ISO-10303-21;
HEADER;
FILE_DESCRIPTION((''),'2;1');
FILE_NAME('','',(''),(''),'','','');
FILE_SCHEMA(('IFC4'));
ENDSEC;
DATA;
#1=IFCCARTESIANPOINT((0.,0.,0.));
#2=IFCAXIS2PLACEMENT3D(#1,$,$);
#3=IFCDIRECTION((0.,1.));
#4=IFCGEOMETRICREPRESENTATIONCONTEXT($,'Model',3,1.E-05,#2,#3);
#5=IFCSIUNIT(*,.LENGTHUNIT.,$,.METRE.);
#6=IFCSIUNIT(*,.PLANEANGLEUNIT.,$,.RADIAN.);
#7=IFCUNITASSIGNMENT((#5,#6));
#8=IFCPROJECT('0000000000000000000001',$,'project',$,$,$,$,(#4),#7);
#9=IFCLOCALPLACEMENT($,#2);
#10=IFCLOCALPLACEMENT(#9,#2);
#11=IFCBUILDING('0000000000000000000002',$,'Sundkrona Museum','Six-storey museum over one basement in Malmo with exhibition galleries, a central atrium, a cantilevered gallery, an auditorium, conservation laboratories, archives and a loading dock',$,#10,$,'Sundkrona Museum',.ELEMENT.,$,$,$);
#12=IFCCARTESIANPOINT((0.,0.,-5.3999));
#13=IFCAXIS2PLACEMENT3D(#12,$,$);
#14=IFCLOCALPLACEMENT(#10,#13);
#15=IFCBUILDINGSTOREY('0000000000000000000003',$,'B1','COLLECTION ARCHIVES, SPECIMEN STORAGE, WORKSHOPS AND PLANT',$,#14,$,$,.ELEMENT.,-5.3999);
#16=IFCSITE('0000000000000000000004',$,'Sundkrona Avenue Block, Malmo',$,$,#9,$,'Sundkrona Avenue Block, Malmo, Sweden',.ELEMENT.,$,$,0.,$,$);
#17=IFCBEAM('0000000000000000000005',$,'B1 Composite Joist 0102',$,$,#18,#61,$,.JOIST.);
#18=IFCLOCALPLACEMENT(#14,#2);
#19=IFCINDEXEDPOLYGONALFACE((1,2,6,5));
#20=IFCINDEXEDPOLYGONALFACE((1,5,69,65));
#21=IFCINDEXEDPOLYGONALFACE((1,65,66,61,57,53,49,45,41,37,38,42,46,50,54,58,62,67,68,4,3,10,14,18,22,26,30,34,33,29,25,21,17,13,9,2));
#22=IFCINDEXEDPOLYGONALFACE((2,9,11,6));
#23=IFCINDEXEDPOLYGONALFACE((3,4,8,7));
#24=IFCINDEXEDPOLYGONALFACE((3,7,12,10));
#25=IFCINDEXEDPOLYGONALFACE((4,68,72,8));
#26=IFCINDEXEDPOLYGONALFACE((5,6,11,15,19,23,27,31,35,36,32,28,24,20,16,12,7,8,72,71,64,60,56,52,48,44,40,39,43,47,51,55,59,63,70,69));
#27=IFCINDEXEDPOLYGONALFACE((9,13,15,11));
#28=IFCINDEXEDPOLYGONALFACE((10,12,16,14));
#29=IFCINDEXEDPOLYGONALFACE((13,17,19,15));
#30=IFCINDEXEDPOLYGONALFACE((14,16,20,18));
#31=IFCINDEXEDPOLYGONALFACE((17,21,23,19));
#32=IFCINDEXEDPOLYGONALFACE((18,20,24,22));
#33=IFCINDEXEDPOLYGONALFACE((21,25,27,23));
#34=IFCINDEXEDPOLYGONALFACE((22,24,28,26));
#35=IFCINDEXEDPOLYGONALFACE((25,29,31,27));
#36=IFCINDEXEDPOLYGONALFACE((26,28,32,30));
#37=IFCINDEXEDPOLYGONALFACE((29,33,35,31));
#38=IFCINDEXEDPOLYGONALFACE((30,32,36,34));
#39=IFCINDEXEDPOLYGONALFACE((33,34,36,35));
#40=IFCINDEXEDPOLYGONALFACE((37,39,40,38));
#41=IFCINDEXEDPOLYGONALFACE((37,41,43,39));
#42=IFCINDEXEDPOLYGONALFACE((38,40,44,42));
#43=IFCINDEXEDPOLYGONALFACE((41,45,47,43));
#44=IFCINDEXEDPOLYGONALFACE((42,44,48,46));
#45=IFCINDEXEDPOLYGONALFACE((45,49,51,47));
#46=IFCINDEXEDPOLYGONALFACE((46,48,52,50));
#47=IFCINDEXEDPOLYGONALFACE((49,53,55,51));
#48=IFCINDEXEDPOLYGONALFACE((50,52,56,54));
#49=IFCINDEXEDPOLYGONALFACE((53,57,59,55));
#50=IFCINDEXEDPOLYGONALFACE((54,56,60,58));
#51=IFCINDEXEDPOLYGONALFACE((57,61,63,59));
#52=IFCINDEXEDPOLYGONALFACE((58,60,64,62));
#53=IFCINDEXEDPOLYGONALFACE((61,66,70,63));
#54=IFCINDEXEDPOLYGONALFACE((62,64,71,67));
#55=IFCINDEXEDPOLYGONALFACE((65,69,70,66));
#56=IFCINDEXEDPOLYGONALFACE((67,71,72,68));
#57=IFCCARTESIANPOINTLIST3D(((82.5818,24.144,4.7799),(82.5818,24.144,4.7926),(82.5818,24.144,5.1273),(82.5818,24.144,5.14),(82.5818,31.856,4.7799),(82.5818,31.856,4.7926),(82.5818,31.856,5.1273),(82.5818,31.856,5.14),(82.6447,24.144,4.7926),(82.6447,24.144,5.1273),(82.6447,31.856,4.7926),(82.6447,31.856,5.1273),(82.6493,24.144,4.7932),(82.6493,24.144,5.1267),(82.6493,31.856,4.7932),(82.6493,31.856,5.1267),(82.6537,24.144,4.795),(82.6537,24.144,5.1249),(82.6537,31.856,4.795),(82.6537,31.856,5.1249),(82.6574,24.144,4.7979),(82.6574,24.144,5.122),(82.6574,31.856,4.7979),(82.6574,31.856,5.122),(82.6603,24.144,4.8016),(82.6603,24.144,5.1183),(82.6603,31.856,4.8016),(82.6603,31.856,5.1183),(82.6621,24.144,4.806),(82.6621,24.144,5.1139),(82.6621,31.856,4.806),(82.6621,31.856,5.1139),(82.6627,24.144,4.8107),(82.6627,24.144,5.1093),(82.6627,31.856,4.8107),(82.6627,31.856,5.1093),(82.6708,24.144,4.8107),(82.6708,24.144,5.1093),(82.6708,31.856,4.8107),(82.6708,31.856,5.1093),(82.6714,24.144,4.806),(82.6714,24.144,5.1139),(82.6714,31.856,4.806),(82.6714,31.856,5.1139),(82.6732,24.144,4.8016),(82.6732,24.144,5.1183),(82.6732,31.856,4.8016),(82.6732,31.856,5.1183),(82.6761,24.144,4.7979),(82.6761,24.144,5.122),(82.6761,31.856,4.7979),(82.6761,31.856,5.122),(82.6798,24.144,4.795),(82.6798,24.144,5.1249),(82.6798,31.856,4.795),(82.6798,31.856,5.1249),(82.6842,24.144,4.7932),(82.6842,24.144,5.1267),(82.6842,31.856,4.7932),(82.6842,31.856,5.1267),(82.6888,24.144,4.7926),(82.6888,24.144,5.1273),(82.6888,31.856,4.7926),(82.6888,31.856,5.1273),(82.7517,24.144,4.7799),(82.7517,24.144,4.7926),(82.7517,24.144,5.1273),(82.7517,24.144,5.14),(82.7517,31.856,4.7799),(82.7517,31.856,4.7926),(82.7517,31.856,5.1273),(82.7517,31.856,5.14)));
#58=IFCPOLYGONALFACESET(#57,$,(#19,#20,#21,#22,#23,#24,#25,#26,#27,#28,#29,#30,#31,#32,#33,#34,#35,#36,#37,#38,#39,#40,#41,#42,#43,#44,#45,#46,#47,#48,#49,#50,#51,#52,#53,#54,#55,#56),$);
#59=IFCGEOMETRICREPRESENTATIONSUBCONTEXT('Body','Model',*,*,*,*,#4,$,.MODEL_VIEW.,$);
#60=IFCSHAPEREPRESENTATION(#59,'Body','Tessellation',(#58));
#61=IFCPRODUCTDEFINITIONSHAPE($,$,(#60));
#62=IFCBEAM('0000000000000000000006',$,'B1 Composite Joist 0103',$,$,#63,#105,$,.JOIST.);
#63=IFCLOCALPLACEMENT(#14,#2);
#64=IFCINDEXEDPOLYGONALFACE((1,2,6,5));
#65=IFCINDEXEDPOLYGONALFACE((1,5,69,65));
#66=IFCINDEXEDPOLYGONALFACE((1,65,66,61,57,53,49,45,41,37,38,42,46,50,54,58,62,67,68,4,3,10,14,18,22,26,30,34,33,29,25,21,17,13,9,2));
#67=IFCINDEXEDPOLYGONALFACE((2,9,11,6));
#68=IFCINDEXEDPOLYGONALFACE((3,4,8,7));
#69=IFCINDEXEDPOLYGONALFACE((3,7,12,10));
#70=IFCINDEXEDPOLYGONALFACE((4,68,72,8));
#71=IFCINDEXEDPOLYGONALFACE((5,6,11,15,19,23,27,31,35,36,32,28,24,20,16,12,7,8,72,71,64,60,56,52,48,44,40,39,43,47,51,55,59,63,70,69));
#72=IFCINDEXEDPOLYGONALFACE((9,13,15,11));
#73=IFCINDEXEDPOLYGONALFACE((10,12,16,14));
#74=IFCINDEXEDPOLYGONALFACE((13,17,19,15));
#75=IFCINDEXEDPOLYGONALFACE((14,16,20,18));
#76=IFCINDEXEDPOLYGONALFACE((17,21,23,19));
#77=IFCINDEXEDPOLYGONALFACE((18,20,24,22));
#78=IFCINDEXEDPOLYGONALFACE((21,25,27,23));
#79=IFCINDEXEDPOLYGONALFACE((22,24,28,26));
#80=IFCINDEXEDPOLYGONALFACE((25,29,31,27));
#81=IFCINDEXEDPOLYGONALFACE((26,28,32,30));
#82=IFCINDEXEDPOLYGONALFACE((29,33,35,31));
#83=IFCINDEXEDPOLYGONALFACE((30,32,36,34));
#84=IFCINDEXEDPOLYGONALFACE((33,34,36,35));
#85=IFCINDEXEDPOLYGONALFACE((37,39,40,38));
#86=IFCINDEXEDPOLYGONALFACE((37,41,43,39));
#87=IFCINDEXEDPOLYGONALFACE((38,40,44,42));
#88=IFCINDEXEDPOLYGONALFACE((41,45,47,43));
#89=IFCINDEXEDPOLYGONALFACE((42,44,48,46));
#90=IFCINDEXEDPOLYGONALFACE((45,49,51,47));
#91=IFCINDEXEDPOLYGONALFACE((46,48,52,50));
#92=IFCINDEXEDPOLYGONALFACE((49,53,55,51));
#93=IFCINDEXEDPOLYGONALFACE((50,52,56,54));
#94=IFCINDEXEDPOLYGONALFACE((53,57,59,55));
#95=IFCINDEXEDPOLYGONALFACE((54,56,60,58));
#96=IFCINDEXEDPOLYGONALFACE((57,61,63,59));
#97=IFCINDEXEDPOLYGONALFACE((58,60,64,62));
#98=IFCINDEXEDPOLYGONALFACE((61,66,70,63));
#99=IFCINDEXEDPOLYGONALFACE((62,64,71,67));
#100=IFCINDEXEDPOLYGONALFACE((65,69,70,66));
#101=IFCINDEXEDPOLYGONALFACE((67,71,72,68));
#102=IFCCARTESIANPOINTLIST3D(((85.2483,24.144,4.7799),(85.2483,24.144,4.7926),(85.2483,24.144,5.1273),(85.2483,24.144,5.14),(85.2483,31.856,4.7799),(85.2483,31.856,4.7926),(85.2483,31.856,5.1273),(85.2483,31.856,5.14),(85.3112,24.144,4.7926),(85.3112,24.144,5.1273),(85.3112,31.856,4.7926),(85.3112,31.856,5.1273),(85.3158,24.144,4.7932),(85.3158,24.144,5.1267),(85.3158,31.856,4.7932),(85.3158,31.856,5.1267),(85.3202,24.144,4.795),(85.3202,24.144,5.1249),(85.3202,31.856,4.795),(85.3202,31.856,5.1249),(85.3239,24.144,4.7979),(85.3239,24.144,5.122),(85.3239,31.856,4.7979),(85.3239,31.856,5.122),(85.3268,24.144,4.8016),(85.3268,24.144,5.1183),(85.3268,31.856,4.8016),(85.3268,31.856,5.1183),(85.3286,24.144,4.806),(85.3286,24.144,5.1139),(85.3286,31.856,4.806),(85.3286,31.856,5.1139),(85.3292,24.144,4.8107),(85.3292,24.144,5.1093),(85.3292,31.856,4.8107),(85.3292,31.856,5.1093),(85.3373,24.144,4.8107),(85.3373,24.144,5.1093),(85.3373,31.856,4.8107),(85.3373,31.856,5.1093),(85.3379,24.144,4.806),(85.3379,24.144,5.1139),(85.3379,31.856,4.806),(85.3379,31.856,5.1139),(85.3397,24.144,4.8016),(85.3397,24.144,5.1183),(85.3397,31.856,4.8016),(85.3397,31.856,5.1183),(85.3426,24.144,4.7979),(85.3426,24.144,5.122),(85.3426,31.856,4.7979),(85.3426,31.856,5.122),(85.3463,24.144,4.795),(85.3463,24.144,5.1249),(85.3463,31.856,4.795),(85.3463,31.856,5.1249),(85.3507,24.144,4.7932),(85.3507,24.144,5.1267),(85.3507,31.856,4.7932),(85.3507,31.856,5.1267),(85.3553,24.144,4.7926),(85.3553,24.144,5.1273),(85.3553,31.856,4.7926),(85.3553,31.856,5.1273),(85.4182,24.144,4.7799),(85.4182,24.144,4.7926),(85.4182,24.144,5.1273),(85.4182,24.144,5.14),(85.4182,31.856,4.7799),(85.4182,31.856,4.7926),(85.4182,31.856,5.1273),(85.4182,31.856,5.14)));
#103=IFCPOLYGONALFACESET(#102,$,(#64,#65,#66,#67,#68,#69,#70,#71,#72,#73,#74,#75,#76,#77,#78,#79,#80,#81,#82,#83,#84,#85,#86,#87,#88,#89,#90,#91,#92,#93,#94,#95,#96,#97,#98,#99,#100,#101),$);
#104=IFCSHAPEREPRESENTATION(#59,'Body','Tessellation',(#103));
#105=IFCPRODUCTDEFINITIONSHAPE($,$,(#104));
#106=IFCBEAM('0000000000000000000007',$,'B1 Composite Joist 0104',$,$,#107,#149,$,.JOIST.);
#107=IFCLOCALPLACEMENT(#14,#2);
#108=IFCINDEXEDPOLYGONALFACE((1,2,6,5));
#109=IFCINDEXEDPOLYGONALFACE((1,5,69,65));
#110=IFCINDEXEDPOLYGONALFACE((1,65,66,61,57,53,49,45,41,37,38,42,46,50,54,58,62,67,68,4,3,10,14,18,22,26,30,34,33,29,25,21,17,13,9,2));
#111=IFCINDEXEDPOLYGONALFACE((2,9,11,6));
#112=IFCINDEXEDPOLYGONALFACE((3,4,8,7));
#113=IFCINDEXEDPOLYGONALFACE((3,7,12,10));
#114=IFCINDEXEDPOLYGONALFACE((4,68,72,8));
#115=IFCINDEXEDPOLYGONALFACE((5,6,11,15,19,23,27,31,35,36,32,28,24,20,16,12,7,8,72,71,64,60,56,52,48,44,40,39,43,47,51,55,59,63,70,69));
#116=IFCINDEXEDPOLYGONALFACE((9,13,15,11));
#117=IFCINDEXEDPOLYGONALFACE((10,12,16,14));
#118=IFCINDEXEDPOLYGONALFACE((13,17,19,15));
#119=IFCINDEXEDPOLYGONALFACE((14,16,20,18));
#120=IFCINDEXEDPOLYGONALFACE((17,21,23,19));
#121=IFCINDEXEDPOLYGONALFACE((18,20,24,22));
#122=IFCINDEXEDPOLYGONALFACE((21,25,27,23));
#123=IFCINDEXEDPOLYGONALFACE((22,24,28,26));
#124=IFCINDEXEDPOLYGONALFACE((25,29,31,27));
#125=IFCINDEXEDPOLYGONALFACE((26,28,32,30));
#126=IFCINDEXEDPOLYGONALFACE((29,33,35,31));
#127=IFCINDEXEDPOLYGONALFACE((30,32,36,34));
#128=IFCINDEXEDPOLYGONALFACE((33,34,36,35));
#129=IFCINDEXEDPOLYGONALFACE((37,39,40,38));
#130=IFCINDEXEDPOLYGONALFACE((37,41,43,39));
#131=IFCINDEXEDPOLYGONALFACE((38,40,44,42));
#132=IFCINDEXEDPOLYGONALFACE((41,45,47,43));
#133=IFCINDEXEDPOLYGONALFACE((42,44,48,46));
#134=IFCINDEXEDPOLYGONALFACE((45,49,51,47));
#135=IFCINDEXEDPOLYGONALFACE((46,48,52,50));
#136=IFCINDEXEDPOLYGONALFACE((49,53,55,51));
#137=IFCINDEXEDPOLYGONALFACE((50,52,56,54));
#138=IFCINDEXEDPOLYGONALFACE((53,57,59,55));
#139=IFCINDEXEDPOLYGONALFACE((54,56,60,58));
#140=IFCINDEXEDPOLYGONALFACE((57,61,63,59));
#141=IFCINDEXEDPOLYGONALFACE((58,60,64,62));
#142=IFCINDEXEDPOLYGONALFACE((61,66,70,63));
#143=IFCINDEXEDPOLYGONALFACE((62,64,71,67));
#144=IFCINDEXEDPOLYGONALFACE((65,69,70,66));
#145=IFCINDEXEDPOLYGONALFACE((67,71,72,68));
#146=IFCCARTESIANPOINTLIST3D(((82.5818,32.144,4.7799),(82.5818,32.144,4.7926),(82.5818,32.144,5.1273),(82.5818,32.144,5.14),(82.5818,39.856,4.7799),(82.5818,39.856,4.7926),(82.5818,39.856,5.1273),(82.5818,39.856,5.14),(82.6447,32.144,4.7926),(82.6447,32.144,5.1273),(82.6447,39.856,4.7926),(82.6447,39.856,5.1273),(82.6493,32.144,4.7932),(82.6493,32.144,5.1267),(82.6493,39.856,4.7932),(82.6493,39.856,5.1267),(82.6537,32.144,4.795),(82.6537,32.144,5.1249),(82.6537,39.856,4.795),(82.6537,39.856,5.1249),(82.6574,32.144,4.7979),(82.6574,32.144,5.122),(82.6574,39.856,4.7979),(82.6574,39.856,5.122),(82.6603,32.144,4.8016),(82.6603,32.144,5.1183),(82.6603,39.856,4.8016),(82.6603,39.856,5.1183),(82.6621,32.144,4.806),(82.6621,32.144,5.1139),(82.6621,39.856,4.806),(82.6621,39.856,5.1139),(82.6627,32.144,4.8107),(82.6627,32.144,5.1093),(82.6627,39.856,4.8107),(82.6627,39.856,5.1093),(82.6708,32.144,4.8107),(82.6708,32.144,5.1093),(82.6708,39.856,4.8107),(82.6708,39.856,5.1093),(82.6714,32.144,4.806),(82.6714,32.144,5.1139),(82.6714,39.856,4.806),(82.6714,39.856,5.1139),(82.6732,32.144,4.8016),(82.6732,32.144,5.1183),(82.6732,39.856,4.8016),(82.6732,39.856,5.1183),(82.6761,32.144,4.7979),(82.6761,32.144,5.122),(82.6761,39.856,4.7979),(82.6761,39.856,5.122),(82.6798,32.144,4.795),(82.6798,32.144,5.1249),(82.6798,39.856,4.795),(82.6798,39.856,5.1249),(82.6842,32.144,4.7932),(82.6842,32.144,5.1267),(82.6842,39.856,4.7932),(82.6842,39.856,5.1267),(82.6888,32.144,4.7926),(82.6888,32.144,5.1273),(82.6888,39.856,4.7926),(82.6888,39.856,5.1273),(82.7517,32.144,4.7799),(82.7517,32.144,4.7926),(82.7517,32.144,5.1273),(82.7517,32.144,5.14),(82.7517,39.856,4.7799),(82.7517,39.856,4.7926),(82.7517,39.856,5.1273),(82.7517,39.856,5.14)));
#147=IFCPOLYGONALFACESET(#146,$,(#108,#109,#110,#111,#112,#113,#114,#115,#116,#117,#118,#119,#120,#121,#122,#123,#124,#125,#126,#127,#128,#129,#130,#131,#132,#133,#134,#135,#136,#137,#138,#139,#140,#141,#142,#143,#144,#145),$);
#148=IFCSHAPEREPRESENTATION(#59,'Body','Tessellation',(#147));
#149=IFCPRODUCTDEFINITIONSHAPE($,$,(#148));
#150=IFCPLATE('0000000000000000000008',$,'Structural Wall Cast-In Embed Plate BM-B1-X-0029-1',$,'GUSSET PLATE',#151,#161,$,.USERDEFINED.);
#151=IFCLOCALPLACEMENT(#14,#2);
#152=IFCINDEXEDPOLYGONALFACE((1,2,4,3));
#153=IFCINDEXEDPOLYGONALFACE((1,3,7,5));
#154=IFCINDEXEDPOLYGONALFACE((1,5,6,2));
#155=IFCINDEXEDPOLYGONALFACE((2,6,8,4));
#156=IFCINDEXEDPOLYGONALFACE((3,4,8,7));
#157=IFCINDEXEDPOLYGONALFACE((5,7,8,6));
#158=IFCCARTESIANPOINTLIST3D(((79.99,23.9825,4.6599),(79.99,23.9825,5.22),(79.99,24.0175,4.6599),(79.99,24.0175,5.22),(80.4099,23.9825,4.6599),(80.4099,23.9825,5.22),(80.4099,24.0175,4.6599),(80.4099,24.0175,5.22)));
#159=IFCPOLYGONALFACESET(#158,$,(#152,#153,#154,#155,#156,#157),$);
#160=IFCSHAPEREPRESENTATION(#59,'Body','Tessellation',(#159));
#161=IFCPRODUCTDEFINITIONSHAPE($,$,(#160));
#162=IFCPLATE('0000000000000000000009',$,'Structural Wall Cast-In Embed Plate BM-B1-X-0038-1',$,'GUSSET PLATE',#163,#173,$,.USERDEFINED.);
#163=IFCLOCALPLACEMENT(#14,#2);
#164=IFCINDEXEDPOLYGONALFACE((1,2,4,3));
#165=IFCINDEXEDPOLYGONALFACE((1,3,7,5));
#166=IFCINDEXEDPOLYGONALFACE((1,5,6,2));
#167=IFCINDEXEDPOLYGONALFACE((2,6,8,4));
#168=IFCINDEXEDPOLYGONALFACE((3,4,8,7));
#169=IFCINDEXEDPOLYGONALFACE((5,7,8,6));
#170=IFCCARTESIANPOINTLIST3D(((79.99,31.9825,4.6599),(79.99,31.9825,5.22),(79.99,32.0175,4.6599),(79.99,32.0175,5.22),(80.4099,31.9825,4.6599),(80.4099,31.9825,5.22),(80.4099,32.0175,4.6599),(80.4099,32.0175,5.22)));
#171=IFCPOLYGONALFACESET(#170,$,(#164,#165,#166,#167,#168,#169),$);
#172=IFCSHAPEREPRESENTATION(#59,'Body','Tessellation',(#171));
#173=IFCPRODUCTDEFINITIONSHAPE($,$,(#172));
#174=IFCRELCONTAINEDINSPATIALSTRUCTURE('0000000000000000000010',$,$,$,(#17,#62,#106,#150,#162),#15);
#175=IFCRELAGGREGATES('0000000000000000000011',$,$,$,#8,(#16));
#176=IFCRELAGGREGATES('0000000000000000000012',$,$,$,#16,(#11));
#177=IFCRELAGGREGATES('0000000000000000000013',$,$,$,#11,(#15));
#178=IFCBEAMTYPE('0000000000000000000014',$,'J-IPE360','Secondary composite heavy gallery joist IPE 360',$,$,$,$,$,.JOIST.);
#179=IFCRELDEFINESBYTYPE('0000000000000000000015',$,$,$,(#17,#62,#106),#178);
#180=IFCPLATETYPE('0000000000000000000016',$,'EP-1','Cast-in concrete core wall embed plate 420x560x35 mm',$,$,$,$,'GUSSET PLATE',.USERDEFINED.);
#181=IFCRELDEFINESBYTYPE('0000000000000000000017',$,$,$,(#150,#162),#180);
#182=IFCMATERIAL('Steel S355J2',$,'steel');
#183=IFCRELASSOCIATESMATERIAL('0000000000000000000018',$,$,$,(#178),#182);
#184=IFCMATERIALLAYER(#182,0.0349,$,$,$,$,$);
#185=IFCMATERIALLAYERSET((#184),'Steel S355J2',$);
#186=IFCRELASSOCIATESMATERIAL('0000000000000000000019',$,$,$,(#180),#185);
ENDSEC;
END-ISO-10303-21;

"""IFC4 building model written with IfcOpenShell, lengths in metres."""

from ifc_helpers import new_model, si_unit, direction, frame, origin, origin_2d, place, context, subcontext, project, spatial, rectangle, i_section, extrude, material, layer, layer_set, material_profile, profile_set, type_object, element, save


model = new_model("IFC4")

# Units and contexts
model_context = context("Model", 3, precision=1e-05, world=origin(), true_north=direction((0.0, 1.0)))
body_context = subcontext(model_context, "Body", "Model", "MODEL_VIEW")
ifc_project = project(units=[si_unit("LENGTHUNIT", "METRE"), si_unit("PLANEANGLEUNIT", "RADIAN")], contexts=[model_context])

# Site, building, storey
site_placement = place(None, origin())
site = spatial("IfcSite", under=ifc_project, at=site_placement, Name="Sundkrona Avenue Block, Malmo", LongName="Sundkrona Avenue Block, Malmo, Sweden", CompositionType="ELEMENT", RefElevation=0.0)
building_placement = place(site_placement, origin())
building = spatial("IfcBuilding", under=site, at=building_placement, Name="Sundkrona Museum", Description="Six-storey museum over one basement in Malmo with exhibition galleries, a central atrium, a cantilevered gallery, an auditorium, conservation laboratories, archives and a loading dock", LongName="Sundkrona Museum", CompositionType="ELEMENT")
storey_placement = place(building_placement, frame((0.0, 0.0, -5.3999)))
storey = spatial("IfcBuildingStorey", under=building, at=storey_placement, Name="B1", Description="COLLECTION ARCHIVES, SPECIMEN STORAGE, WORKSHOPS AND PLANT", CompositionType="ELEMENT", Elevation=-5.3999)

# Beams
ifc_material_1 = material(Name="Steel S355J2", Category="steel")
ifc_material_profile_1 = material_profile(ifc_material_1, i_section(OverallWidth=0.1699, OverallDepth=0.3601, WebThickness=0.0081, FlangeThickness=0.0127, FilletRadius=0.0181, at=origin_2d()), Name="IPE 360")
ifc_profile_set_1 = profile_set([ifc_material_profile_1], Name="Steel S355J2")
beam_type_1 = type_object("IfcBeamType", Name="J-IPE360", Description="Secondary composite heavy gallery joist IPE 360", PredefinedType="JOIST", material=ifc_profile_set_1)
for number, where, z_axis, x_axis, name in (
    (1, (82.6667, 24.144, 4.96), (0.0, 1.0, 0.0), (-1.0, 0.0, 0.0), "B1 Composite Joist 0102"),
    (2, (85.3333, 24.144, 4.96), (0.0, 1.0, 0.0), (-1.0, 0.0, 0.0), "B1 Composite Joist 0103"),
    (3, (82.6667, 32.144, 4.96), (0.0, 1.0, 0.0), (-1.0, 0.0, 0.0), "B1 Composite Joist 0104"),
):
    element("IfcBeam", number, at=place(storey_placement, frame(where, z_axis=z_axis, x_axis=x_axis)), inside=storey, type_object=beam_type_1, Name=name, PredefinedType="JOIST", context=body_context, shape_type="SweptSolid", body=[
        extrude(i_section(OverallWidth=0.1699, OverallDepth=0.3601, WebThickness=0.0081, FlangeThickness=0.0127, FilletRadius=0.0181, at=origin_2d()), origin(), (0.0, 0.0, 1.0), 7.7119),
    ])

# Plates
ifc_layer = layer(ifc_material_1, 0.0349)
ifc_layer_set = layer_set([ifc_layer], Name="Steel S355J2")
plate_type = type_object("IfcPlateType", Name="EP-1", Description="Cast-in concrete core wall embed plate 420x560x35 mm", ElementType="GUSSET PLATE", PredefinedType="USERDEFINED", material=ifc_layer_set)
for number, where, z_axis, x_axis, name in (
    (4, (80.2, 24.0, 4.6599), (0.0, 0.0, 1.0), (1.0, 0.0, 0.0), "Structural Wall Cast-In Embed Plate BM-B1-X-0029-1"),
    (5, (80.2, 32.0, 4.6599), (0.0, 0.0, 1.0), (1.0, 0.0, 0.0), "Structural Wall Cast-In Embed Plate BM-B1-X-0038-1"),
):
    element("IfcPlate", number, at=place(storey_placement, frame(where, z_axis=z_axis, x_axis=x_axis)), inside=storey, type_object=plate_type, Name=name, ObjectType="GUSSET PLATE", PredefinedType="USERDEFINED", context=body_context, shape_type="SweptSolid", body=[
        extrude(rectangle(XDim=0.4199, YDim=0.0349, at=origin_2d()), origin(), (0.0, 0.0, 1.0), 0.5601),
    ])

save(model, "model.ifc")
